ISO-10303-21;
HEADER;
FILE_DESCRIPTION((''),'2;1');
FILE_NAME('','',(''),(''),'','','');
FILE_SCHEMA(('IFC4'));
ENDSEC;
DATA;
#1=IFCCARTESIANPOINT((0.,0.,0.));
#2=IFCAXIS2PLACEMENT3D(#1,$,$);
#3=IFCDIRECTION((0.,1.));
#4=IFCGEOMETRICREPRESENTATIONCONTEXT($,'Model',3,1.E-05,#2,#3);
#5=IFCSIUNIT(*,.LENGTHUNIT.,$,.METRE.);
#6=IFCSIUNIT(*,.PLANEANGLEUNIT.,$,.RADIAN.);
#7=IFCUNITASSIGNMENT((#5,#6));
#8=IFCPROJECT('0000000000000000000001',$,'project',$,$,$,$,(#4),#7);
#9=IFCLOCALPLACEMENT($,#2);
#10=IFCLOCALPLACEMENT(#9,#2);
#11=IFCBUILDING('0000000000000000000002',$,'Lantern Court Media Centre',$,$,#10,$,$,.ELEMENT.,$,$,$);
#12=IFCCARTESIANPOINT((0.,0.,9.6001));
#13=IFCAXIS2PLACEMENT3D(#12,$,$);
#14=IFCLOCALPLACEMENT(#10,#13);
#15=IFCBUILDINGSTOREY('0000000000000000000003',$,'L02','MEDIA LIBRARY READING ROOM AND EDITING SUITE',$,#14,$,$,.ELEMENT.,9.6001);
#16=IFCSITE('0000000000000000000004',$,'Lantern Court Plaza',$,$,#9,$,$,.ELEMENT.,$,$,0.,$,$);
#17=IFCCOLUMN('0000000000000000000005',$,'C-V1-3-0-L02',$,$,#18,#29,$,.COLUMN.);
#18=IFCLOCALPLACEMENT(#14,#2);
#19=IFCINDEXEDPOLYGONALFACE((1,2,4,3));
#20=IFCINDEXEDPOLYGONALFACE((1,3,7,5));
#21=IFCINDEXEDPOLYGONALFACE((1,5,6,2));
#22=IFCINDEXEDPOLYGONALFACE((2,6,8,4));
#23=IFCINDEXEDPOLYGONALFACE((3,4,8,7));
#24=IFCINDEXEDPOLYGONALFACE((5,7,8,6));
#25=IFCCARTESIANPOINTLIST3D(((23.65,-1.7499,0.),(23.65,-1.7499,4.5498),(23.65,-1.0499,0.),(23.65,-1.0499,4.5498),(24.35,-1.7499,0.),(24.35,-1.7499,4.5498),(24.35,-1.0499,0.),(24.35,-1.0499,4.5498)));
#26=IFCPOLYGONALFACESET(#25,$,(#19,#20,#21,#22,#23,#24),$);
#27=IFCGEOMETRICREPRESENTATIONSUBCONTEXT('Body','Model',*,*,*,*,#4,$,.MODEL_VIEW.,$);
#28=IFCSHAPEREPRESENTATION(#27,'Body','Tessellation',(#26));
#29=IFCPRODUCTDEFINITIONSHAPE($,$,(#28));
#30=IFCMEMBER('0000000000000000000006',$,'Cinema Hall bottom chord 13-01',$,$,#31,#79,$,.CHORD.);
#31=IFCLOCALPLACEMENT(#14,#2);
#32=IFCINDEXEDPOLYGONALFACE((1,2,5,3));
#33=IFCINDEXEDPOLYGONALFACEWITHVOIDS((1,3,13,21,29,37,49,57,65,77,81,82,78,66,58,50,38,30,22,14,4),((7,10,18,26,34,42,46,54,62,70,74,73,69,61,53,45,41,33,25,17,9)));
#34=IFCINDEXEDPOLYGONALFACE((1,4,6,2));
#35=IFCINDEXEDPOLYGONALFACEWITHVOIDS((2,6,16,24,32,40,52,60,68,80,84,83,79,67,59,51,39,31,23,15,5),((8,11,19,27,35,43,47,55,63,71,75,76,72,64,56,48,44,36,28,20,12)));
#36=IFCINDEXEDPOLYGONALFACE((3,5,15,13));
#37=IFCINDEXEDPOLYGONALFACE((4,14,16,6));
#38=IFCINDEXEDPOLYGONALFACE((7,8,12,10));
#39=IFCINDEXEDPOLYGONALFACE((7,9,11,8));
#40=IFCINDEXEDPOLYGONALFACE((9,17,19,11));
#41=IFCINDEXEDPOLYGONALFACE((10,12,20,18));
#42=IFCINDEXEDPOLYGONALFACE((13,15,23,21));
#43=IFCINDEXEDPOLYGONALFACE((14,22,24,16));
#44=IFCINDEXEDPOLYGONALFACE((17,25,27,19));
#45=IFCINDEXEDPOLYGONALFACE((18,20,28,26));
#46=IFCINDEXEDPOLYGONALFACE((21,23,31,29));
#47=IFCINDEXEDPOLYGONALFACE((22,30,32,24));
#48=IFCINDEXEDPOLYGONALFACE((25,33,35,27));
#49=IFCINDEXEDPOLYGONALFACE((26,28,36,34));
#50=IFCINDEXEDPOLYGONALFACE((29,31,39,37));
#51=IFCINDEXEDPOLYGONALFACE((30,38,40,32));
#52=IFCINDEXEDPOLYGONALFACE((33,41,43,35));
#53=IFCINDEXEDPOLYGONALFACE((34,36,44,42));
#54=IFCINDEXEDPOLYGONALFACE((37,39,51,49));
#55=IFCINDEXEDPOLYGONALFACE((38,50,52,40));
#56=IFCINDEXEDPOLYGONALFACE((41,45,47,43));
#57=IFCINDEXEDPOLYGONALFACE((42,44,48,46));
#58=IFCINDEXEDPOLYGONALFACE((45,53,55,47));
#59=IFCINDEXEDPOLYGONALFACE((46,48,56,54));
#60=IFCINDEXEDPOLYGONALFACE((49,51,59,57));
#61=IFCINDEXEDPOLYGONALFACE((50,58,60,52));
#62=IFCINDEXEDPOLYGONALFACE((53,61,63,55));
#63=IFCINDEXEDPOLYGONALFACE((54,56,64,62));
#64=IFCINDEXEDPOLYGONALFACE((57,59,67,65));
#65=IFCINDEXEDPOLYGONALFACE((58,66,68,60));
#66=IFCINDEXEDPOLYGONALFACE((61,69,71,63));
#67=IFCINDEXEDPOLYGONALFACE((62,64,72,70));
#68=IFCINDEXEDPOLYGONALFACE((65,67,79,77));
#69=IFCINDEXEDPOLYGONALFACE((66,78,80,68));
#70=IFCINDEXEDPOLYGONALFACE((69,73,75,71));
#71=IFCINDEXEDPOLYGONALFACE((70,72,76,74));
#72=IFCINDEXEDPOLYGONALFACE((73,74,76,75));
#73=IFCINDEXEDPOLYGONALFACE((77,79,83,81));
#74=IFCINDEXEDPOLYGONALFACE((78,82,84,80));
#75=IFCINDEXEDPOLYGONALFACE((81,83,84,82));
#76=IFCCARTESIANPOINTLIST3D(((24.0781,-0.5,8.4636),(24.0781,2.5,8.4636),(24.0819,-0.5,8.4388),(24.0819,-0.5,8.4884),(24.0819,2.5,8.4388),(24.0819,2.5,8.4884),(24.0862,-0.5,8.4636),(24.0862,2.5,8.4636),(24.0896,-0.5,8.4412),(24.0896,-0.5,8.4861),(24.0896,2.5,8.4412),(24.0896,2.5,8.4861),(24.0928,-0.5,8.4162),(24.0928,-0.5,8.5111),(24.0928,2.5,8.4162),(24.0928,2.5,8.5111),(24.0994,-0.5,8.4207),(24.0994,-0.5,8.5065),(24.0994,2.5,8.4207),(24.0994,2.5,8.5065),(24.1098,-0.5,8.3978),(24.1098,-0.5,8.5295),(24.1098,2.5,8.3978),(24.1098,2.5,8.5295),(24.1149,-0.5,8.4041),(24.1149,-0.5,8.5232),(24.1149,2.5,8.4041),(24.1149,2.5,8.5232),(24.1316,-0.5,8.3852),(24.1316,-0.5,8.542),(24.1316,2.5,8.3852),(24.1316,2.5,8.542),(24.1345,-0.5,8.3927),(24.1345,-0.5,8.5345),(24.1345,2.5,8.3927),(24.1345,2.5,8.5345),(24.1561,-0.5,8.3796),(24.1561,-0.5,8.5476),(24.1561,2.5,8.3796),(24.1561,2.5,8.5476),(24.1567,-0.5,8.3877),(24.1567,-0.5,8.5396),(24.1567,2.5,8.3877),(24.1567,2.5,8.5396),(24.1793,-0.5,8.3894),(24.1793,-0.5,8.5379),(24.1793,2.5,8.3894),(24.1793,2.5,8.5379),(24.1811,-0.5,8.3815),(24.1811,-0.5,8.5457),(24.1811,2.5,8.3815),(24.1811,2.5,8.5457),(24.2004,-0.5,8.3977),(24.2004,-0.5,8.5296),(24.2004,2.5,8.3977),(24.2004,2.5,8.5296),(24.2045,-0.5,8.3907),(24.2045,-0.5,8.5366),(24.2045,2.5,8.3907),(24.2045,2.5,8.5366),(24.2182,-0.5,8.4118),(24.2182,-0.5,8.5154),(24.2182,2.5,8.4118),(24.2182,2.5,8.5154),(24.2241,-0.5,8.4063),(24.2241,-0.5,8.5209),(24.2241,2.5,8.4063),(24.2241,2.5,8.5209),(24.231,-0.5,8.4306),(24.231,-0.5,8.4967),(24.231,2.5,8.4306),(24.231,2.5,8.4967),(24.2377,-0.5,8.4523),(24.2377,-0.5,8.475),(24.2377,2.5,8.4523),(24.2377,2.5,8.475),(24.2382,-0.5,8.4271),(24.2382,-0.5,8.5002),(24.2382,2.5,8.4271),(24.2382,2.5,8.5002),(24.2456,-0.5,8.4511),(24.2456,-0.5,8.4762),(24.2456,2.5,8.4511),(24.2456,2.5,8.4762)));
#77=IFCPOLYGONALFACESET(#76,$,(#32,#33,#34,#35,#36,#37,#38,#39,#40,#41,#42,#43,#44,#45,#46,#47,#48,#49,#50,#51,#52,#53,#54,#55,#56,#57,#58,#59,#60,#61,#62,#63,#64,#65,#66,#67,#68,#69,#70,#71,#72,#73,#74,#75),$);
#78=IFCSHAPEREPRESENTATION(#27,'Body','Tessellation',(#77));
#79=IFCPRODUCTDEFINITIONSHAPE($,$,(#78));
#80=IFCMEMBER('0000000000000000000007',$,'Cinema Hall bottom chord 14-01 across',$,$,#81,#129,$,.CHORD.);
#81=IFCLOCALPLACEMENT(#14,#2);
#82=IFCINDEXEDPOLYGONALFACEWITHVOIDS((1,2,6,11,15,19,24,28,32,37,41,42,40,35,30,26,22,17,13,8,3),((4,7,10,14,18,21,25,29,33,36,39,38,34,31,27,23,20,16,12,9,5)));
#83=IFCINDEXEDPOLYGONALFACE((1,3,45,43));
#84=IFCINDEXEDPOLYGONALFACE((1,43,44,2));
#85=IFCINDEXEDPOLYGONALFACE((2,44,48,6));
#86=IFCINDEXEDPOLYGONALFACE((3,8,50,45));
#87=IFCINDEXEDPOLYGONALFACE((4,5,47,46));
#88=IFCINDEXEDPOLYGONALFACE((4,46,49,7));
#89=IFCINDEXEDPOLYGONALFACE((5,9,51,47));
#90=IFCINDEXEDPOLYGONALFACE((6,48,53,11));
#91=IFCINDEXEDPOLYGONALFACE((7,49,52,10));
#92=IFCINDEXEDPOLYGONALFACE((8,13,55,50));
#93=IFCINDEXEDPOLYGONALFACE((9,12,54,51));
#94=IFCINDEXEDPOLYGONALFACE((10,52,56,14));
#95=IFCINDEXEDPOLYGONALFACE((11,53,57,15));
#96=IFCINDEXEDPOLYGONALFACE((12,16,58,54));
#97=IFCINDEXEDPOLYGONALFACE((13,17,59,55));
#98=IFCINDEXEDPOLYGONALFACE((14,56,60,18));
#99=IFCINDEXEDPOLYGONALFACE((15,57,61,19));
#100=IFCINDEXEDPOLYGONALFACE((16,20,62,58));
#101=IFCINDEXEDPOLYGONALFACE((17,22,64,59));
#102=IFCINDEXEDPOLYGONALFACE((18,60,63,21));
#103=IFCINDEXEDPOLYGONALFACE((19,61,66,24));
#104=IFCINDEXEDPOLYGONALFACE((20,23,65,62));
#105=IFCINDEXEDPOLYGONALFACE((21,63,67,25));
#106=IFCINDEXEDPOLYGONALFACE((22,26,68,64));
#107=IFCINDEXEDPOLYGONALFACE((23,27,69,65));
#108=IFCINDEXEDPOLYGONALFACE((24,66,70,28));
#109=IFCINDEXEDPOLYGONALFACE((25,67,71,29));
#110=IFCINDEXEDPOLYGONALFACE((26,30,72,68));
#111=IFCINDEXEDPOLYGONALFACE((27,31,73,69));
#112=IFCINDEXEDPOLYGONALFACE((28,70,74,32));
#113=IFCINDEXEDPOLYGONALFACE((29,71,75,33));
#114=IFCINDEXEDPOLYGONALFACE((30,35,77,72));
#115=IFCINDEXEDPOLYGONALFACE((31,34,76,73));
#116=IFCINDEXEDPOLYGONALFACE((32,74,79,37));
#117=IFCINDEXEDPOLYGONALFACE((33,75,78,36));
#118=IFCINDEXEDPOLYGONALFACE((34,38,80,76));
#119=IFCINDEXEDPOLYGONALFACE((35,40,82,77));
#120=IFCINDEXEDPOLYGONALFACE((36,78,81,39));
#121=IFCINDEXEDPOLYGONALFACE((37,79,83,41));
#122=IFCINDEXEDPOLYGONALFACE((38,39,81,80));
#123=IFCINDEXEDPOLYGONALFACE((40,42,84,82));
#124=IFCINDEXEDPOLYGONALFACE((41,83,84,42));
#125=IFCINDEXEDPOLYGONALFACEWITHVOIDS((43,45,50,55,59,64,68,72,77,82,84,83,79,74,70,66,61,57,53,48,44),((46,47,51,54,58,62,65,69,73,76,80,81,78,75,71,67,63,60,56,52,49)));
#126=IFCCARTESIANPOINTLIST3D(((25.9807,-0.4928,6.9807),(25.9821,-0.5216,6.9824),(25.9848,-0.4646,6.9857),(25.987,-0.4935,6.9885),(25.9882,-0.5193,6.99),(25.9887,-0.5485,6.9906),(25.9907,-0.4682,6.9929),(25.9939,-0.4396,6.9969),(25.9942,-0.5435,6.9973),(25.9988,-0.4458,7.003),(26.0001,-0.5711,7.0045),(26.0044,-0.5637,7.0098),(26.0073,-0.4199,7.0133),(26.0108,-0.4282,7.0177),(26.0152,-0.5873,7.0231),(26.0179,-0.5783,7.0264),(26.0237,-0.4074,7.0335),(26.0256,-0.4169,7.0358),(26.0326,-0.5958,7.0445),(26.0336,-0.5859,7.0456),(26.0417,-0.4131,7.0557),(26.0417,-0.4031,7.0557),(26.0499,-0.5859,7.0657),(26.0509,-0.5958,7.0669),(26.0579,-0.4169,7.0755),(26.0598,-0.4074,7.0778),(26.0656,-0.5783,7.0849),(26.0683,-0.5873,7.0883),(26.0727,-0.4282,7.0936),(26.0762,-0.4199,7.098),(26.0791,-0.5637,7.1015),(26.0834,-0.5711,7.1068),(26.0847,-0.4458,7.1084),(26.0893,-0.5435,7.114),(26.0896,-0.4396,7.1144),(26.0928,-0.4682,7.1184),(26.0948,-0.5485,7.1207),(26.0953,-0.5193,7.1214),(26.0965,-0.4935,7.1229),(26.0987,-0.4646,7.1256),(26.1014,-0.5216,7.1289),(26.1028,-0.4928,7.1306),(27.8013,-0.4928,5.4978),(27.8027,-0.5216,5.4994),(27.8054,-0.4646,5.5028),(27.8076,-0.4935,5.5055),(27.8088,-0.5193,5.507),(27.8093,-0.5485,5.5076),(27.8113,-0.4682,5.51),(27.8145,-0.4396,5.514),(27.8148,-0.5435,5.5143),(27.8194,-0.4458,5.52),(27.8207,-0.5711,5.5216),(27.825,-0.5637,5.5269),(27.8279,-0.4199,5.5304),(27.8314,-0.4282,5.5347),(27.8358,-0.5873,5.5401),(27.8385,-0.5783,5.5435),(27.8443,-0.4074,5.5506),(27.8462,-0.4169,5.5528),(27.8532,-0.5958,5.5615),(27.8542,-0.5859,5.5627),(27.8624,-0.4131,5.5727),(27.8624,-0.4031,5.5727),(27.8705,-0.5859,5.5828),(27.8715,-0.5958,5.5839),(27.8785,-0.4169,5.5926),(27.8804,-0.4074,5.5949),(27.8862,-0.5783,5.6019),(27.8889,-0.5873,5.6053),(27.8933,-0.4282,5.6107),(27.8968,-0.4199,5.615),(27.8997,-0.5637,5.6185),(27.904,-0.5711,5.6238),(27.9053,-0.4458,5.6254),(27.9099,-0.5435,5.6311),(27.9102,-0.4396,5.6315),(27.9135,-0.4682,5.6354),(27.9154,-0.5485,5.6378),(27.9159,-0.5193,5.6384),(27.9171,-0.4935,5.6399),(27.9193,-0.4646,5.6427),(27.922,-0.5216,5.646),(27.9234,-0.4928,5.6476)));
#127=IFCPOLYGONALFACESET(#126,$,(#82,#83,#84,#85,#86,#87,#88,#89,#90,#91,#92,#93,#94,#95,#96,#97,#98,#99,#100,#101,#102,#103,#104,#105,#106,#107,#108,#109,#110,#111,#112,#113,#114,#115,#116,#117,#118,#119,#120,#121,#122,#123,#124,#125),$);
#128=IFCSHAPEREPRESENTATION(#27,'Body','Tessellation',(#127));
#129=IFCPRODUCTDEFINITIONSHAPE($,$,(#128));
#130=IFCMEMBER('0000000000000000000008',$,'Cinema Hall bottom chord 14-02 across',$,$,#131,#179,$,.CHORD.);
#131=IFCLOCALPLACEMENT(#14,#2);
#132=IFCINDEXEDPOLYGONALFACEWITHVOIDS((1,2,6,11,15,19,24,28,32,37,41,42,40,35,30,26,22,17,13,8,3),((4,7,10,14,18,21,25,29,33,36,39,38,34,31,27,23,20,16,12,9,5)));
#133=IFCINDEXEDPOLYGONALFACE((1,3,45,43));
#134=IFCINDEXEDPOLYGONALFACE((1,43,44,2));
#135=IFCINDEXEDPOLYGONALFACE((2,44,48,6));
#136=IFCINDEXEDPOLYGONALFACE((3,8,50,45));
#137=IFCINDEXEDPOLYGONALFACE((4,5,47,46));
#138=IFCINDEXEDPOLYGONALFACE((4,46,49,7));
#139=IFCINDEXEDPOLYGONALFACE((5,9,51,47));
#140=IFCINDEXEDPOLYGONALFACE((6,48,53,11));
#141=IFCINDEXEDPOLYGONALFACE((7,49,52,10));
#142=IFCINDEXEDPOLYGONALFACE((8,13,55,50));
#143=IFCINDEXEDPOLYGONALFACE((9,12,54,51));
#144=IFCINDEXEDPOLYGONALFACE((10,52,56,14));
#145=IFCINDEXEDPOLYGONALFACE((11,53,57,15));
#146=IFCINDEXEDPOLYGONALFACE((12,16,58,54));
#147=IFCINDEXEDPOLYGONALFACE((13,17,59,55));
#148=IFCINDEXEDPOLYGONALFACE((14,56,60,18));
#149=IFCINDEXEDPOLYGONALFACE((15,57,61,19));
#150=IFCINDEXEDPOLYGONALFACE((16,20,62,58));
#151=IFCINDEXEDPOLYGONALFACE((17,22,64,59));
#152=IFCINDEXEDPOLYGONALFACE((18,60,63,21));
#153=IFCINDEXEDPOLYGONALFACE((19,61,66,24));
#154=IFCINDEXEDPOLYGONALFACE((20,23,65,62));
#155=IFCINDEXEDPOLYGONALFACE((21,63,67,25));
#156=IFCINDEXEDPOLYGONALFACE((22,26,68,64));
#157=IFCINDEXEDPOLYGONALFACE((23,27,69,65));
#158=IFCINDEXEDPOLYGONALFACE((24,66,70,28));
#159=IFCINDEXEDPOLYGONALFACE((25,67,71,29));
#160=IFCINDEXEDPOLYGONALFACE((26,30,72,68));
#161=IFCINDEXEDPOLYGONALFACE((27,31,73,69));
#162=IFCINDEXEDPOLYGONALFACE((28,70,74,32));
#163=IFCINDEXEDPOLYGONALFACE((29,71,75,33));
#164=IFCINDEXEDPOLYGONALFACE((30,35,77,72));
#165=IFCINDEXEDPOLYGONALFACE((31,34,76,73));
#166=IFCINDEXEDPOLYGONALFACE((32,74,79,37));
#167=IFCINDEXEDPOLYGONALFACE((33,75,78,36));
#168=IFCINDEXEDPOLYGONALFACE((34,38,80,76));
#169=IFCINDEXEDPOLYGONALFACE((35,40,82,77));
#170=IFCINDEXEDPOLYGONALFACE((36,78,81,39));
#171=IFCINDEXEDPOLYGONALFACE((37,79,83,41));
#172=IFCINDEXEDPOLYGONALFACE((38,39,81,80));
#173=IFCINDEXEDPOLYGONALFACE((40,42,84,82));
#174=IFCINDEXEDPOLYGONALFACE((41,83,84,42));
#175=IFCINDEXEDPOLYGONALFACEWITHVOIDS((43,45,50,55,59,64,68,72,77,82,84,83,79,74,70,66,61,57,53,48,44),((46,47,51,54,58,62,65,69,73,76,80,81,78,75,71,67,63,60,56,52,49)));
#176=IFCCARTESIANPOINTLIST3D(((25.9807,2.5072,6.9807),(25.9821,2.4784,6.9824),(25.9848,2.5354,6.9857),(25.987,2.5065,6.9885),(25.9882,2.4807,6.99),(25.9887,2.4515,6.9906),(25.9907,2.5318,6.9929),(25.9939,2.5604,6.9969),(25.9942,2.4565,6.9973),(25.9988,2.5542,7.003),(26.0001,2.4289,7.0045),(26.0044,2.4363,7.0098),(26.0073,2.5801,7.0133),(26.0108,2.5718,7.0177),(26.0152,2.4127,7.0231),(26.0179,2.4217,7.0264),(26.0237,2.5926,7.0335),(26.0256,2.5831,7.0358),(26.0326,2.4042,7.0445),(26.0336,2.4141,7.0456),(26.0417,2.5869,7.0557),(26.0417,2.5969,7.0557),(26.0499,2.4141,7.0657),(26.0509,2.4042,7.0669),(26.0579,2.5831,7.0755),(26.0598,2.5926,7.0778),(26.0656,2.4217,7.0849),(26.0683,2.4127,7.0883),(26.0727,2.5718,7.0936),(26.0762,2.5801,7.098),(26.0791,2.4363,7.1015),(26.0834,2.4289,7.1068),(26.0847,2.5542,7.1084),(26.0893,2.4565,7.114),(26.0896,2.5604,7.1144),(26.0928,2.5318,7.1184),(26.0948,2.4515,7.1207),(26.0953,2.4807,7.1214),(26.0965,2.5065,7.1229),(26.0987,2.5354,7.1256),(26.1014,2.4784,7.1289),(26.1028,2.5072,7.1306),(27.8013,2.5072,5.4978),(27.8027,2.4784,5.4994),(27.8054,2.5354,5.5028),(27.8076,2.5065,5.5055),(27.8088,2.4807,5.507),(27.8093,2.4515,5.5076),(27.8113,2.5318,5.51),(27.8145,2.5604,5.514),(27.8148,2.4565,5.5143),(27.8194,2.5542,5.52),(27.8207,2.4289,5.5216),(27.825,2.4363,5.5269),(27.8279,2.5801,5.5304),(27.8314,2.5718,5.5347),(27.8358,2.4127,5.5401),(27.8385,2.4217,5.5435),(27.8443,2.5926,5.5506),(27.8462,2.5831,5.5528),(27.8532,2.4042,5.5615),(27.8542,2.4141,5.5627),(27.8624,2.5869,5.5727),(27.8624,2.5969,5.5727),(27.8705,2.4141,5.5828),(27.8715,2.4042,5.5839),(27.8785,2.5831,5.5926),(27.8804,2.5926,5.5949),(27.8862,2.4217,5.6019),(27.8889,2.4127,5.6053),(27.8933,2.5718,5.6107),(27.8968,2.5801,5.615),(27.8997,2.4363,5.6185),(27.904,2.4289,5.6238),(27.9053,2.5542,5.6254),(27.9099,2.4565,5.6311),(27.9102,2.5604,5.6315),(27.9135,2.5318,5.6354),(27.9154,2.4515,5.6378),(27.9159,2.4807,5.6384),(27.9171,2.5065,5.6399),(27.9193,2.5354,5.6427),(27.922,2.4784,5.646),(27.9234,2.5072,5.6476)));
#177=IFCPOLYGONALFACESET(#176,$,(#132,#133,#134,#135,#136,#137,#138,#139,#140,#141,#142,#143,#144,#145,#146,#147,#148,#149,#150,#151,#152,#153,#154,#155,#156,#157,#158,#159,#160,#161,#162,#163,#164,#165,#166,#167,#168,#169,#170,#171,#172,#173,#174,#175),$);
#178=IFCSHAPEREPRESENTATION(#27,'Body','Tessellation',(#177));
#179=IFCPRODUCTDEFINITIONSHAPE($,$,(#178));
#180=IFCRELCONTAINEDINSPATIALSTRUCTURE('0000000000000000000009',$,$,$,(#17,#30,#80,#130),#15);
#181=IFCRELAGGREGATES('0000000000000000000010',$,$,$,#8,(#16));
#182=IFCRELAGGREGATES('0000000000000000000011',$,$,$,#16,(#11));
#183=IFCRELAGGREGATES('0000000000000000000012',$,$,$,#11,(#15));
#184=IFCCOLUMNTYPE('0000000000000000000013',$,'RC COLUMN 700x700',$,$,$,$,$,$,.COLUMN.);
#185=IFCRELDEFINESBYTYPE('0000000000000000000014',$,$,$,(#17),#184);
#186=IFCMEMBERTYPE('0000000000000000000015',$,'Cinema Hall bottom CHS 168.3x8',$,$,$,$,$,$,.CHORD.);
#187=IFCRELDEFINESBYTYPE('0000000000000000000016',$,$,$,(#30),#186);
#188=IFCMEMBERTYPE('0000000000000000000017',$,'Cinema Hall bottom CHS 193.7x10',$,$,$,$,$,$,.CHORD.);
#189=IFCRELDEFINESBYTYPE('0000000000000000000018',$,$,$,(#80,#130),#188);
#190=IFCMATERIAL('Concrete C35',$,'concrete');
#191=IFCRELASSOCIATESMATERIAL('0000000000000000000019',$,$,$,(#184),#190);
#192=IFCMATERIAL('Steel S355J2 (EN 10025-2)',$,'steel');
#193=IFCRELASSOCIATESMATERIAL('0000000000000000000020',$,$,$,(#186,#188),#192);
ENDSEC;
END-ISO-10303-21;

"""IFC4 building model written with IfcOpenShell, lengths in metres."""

from ifc_helpers import new_model, si_unit, direction, frame, origin, origin_2d, place, context, subcontext, project, spatial, rectangle, hollow_circle, extrude, material, material_profile, profile_set, type_object, element, save


model = new_model("IFC4")

# Units and contexts
model_context = context("Model", 3, precision=1e-05, world=origin(), true_north=direction((0.0, 1.0)))
body_context = subcontext(model_context, "Body", "Model", "MODEL_VIEW")
ifc_project = project(units=[si_unit("LENGTHUNIT", "METRE"), si_unit("PLANEANGLEUNIT", "RADIAN")], contexts=[model_context])

# Site, building, storey
site_placement = place(None, origin())
site = spatial("IfcSite", under=ifc_project, at=site_placement, Name="Lantern Court Plaza", CompositionType="ELEMENT", RefElevation=0.0)
building_placement = place(site_placement, origin())
building = spatial("IfcBuilding", under=site, at=building_placement, Name="Lantern Court Media Centre", CompositionType="ELEMENT")
storey_placement = place(building_placement, frame((0.0, 0.0, 9.6001)))
storey = spatial("IfcBuildingStorey", under=building, at=storey_placement, Name="L02", Description="MEDIA LIBRARY READING ROOM AND EDITING SUITE", CompositionType="ELEMENT", Elevation=9.6001)

# Column
ifc_material_1 = material(Name="Concrete C35", Category="concrete")
ifc_material_profile_1 = material_profile(ifc_material_1, rectangle(XDim=0.7, YDim=0.7, at=origin_2d()), Name="RC 700x700")
ifc_profile_set_1 = profile_set([ifc_material_profile_1], Name="Concrete C35")
column_type = type_object("IfcColumnType", Name="RC COLUMN 700x700", PredefinedType="COLUMN", material=ifc_profile_set_1)
column_placement = place(storey_placement, frame((24.0, -1.3999, 0.0), z_axis=(0.0, 0.0, 1.0), x_axis=(1.0, 0.0, 0.0)))
element("IfcColumn", 1, at=column_placement, inside=storey, type_object=column_type, Name="C-V1-3-0-L02", PredefinedType="COLUMN", context=body_context, shape_type="SweptSolid", body=[
    extrude(rectangle(XDim=0.7, YDim=0.7, at=origin_2d()), origin(), (0.0, 0.0, 1.0), 4.5498),
])

# Members
ifc_material_2 = material(Name="Steel S355J2 (EN 10025-2)", Category="steel")
ifc_material_profile_2 = material_profile(ifc_material_2, hollow_circle(Radius=0.0842, WallThickness=0.0081, at=origin_2d()), Name="Cinema Hall bottom CHS 168.3x8")
ifc_profile_set_2 = profile_set([ifc_material_profile_2], Name="Steel S355J2 (EN 10025-2)")
member_type_1 = type_object("IfcMemberType", Name="Cinema Hall bottom CHS 168.3x8", PredefinedType="CHORD", material=ifc_profile_set_2)
member_1_placement = place(storey_placement, frame((24.1624, -0.5, 8.4636), z_axis=(0.0, 1.0, 0.0), x_axis=(-1.0, 0.0, 0.0)))
element("IfcMember", 2, at=member_1_placement, inside=storey, type_object=member_type_1, Name="Cinema Hall bottom chord 13-01", PredefinedType="CHORD", context=body_context, shape_type="SweptSolid", body=[
    extrude(hollow_circle(Radius=0.0842, WallThickness=0.0081, at=origin_2d()), origin(), (0.0, 0.0, 1.0), 3.0),
])
ifc_material_profile_3 = material_profile(ifc_material_2, hollow_circle(Radius=0.0969, WallThickness=0.01, at=origin_2d()), Name="Cinema Hall bottom CHS 193.7x10")
ifc_profile_set_3 = profile_set([ifc_material_profile_3], Name="Steel S355J2 (EN 10025-2)")
member_type_2 = type_object("IfcMemberType", Name="Cinema Hall bottom CHS 193.7x10", PredefinedType="CHORD", material=ifc_profile_set_3)
for number, where, z_axis, x_axis, name in (
    (3, (26.0417, -0.5, 7.0557), (0.775341, 0.0, -0.631543), (0.0, 1.0, 0.0), "Cinema Hall bottom chord 14-01 across"),
    (4, (26.0417, 2.5, 7.0557), (0.775341, 0.0, -0.631543), (0.0, 1.0, 0.0), "Cinema Hall bottom chord 14-02 across"),
):
    element("IfcMember", number, at=place(storey_placement, frame(where, z_axis=z_axis, x_axis=x_axis)), inside=storey, type_object=member_type_2, Name=name, PredefinedType="CHORD", context=body_context, shape_type="SweptSolid", body=[
        extrude(hollow_circle(Radius=0.0969, WallThickness=0.01, at=origin_2d()), origin(), (0.0, 0.0, 1.0), 2.3481),
    ])

save(model, "model.ifc")
